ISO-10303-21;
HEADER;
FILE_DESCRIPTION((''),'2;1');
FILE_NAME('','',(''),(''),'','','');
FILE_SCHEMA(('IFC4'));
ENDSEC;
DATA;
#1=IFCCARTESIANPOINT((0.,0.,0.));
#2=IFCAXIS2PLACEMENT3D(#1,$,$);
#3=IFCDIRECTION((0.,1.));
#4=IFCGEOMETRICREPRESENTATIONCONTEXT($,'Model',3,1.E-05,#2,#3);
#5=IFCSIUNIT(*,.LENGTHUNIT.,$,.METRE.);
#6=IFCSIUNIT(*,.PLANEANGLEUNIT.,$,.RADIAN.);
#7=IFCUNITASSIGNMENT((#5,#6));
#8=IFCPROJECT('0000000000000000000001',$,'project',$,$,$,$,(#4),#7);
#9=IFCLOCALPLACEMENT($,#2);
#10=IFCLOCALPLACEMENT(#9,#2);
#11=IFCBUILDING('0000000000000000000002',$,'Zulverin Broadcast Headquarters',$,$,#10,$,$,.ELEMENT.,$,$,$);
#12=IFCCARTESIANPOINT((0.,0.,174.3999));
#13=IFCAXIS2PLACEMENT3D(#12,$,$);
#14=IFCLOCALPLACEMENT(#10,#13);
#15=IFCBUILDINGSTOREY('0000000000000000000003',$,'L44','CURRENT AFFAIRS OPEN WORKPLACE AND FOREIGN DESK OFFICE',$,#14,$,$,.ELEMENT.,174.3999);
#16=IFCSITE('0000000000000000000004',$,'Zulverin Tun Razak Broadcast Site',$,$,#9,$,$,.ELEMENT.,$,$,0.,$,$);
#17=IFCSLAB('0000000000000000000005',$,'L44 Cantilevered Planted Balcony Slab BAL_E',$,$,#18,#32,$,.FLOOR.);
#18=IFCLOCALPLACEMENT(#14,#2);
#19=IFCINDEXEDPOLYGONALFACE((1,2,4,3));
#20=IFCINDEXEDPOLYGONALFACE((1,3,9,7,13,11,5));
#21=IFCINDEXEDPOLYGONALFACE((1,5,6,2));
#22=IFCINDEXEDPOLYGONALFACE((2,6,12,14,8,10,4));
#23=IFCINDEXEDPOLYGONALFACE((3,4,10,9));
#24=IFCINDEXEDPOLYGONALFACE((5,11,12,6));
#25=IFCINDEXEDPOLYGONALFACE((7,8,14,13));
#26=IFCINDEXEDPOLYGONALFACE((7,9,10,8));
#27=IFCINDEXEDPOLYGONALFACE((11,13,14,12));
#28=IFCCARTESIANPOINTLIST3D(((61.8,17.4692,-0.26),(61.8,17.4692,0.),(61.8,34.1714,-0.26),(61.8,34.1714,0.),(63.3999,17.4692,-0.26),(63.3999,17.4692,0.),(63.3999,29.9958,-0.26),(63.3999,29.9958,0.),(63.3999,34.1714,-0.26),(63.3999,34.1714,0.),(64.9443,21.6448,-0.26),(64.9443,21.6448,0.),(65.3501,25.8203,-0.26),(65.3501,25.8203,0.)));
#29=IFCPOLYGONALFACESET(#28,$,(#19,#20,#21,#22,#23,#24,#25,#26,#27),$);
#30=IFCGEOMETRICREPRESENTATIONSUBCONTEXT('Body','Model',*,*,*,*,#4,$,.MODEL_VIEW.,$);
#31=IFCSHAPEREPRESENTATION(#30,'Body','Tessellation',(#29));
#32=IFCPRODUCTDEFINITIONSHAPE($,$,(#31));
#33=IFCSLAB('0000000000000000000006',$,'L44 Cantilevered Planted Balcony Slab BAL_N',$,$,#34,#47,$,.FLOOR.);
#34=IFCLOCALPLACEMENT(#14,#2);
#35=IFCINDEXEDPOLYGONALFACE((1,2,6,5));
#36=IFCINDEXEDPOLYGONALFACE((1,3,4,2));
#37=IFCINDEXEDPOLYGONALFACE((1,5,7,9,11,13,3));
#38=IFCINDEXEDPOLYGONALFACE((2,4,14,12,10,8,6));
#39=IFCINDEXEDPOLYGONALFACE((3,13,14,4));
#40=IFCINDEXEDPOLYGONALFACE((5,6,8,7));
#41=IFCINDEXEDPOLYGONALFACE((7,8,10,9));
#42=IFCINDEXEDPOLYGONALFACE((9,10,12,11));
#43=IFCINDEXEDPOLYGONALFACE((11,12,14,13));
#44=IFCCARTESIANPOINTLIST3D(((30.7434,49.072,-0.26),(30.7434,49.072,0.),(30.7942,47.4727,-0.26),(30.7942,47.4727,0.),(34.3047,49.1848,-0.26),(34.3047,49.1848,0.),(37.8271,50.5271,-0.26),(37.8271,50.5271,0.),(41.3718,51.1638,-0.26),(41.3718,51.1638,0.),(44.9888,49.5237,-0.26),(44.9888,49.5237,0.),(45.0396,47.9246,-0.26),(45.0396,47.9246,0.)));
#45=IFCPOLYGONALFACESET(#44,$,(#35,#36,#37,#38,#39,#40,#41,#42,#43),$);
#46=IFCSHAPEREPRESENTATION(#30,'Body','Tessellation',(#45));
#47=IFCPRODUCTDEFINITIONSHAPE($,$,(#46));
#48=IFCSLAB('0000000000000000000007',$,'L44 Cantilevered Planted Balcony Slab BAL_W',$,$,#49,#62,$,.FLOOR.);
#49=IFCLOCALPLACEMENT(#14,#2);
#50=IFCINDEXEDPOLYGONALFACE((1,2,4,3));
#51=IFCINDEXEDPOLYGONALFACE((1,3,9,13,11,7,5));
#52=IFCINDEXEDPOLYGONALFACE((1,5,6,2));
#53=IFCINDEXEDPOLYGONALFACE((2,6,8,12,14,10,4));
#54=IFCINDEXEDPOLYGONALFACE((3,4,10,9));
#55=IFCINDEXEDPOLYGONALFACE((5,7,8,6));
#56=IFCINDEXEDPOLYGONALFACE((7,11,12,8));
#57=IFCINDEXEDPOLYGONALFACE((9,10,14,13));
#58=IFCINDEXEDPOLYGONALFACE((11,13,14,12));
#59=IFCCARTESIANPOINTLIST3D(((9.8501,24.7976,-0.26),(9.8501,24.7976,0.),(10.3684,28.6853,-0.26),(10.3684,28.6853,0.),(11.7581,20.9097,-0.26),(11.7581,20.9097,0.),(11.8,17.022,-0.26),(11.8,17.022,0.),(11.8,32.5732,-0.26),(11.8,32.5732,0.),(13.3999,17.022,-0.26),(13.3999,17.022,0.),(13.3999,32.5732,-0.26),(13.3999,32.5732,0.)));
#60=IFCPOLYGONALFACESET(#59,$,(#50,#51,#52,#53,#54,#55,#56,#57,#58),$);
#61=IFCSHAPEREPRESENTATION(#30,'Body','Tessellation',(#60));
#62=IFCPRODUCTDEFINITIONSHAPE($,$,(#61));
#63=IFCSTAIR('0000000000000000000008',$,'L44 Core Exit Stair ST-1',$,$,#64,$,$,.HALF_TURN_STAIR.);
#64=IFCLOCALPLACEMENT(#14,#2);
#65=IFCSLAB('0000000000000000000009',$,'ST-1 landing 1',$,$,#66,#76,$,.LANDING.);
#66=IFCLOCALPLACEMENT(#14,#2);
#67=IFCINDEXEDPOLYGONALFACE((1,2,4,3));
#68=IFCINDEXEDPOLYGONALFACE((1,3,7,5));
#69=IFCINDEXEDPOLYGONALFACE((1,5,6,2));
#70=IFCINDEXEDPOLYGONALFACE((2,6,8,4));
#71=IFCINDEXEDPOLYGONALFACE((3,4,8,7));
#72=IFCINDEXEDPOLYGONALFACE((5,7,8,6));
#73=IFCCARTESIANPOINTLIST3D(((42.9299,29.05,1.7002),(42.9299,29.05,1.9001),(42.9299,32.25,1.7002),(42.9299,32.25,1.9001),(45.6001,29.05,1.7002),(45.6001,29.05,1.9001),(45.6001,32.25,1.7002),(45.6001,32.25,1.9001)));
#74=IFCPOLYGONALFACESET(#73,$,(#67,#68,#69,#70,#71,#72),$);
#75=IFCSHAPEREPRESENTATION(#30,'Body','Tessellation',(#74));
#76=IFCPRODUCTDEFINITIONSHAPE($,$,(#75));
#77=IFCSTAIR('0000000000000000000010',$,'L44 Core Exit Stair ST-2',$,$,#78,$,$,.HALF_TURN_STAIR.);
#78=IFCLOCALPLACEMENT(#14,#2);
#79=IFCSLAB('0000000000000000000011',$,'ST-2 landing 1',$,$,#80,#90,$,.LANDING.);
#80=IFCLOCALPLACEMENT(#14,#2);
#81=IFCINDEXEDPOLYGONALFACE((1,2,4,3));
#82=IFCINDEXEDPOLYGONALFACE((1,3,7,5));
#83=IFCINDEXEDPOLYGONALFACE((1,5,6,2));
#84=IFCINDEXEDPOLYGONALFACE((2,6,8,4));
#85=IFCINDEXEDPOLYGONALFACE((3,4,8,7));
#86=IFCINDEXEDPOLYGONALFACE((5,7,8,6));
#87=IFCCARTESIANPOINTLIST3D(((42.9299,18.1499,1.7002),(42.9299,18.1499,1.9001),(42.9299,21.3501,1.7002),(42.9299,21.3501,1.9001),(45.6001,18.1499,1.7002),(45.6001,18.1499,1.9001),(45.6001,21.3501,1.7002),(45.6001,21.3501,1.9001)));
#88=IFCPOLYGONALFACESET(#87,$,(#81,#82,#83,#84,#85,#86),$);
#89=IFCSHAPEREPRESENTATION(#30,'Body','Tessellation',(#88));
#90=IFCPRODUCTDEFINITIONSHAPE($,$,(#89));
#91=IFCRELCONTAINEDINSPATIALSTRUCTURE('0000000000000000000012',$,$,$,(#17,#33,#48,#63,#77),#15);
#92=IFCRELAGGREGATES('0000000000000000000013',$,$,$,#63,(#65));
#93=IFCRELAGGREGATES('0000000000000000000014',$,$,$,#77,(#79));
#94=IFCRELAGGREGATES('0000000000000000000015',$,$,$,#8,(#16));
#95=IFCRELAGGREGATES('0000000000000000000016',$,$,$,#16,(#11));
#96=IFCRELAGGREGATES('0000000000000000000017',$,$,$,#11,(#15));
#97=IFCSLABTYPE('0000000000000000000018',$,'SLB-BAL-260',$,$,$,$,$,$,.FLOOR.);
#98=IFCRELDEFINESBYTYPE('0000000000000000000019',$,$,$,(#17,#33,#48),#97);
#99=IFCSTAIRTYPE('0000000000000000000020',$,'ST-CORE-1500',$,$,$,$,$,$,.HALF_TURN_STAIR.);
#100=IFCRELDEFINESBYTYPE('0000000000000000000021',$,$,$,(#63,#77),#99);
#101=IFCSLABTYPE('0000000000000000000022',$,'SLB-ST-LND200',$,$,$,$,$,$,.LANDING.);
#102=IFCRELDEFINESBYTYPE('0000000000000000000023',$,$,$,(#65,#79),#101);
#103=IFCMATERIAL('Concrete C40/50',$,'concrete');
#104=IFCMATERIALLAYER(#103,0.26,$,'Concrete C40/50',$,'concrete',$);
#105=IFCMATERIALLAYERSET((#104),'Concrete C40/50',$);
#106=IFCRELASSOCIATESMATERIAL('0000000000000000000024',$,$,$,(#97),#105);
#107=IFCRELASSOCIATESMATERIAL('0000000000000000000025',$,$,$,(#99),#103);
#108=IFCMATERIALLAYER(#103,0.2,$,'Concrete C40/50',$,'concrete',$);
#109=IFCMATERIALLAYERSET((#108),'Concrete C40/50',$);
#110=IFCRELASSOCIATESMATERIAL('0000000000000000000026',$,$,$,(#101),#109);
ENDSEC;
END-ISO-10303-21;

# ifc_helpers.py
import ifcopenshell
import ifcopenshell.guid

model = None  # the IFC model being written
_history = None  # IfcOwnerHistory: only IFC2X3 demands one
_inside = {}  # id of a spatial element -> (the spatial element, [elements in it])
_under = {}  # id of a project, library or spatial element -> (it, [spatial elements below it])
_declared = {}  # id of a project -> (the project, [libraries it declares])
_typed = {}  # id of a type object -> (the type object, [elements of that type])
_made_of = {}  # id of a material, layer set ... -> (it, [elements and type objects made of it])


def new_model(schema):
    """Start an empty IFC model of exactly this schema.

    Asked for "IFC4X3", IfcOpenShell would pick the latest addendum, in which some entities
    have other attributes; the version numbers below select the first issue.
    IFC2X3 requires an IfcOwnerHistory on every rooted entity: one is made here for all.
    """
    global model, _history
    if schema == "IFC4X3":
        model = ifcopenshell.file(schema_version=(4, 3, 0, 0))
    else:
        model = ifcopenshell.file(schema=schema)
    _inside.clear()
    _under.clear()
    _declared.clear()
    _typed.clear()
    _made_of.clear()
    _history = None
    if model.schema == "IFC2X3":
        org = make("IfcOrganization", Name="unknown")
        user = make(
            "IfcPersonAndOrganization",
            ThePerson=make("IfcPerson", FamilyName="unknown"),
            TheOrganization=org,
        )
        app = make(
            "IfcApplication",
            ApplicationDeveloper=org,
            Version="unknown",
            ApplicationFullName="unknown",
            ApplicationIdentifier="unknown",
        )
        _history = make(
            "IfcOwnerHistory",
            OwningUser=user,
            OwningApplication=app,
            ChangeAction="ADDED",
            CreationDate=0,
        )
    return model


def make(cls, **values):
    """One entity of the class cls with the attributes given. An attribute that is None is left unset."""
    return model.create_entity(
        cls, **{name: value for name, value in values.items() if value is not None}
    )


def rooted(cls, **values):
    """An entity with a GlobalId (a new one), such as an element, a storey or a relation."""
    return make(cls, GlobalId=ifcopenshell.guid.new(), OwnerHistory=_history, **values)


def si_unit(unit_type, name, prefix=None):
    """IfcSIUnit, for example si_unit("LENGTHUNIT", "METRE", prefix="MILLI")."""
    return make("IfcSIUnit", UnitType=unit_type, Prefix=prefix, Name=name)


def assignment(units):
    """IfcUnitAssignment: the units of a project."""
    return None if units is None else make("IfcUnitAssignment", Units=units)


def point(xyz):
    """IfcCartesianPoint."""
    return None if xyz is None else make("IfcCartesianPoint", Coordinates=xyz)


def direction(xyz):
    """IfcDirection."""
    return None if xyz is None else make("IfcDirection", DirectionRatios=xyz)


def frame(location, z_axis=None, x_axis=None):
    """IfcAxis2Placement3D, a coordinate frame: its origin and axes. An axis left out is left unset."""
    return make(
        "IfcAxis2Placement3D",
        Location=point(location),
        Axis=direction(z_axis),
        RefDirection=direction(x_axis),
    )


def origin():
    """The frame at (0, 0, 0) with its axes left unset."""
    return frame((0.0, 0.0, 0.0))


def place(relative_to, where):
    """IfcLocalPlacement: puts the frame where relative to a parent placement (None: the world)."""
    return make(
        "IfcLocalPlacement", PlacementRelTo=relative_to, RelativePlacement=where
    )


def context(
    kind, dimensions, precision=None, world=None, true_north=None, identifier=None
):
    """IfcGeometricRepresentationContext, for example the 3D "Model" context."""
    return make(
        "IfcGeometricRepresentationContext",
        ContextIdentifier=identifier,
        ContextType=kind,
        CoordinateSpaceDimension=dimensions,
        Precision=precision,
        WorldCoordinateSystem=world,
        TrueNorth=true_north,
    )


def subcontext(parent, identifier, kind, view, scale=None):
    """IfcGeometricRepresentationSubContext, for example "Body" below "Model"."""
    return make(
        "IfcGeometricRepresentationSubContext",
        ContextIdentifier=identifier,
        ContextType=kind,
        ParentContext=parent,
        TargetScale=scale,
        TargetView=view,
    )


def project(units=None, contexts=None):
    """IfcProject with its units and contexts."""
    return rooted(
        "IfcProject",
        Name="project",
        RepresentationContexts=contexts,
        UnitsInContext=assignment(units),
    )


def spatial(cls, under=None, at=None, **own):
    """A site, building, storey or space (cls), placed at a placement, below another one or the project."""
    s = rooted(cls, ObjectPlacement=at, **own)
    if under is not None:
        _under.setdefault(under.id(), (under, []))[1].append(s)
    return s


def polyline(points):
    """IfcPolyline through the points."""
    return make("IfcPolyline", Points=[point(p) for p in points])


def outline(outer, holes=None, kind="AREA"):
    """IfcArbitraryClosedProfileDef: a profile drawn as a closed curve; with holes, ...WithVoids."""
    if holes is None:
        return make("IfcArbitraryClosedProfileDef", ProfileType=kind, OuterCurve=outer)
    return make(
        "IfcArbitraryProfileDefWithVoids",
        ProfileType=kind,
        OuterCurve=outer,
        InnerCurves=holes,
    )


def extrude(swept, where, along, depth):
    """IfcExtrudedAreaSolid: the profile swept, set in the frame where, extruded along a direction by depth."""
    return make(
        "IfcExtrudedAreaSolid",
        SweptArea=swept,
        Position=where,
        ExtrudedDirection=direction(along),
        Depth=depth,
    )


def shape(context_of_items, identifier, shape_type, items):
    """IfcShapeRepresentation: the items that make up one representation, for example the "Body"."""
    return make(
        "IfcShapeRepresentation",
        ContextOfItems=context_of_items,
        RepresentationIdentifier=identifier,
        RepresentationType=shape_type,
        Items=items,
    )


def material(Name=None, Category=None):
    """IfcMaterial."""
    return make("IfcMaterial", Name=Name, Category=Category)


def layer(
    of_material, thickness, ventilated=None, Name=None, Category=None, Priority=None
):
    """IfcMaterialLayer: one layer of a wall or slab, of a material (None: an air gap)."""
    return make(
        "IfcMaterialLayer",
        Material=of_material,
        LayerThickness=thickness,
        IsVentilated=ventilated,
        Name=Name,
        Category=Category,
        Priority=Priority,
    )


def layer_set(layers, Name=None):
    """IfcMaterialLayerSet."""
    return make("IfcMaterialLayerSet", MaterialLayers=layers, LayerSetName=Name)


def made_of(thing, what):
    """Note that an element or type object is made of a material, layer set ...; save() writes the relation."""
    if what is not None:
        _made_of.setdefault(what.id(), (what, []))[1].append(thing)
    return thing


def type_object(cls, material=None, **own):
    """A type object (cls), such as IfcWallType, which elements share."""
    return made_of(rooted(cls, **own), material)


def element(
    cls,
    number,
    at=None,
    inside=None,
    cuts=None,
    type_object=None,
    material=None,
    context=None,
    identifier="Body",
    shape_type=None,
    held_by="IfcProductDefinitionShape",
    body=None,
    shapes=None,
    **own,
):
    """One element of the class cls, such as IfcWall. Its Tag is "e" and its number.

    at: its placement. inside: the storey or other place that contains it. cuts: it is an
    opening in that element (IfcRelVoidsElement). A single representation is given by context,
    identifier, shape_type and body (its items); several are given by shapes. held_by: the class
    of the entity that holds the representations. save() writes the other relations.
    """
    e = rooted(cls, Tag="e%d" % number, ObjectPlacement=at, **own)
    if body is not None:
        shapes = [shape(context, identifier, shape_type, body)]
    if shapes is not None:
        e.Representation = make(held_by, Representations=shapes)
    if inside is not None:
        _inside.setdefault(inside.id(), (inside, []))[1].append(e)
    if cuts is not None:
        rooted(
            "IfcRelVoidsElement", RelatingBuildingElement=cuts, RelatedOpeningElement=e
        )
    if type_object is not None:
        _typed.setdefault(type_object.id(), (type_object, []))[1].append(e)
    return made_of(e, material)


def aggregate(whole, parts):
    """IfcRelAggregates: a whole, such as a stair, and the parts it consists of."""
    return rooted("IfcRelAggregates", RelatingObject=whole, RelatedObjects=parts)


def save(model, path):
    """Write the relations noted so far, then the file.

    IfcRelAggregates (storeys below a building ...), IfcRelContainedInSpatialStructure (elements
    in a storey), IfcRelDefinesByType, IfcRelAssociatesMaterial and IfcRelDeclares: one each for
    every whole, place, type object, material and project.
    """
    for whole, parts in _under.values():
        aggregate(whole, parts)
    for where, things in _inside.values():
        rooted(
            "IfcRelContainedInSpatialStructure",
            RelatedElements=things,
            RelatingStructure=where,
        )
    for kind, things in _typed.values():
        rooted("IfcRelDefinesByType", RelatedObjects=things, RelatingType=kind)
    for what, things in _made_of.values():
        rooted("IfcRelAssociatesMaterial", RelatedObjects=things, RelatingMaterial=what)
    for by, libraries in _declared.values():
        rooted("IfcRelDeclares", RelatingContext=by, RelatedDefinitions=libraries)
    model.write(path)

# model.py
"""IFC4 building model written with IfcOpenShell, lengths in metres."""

from ifc_helpers import new_model, si_unit, direction, frame, origin, place, context, subcontext, project, spatial, polyline, outline, extrude, material, layer, layer_set, type_object, element, aggregate, save


model = new_model("IFC4")

# Units and contexts
model_context = context("Model", 3, precision=1e-05, world=origin(), true_north=direction((0.0, 1.0)))
body_context = subcontext(model_context, "Body", "Model", "MODEL_VIEW")
ifc_project = project(units=[si_unit("LENGTHUNIT", "METRE"), si_unit("PLANEANGLEUNIT", "RADIAN")], contexts=[model_context])

# Site, building, storey
site_placement = place(None, origin())
site = spatial("IfcSite", under=ifc_project, at=site_placement, Name="Zulverin Tun Razak Broadcast Site", CompositionType="ELEMENT", RefElevation=0.0)
building_placement = place(site_placement, origin())
building = spatial("IfcBuilding", under=site, at=building_placement, Name="Zulverin Broadcast Headquarters", CompositionType="ELEMENT")
storey_placement = place(building_placement, frame((0.0, 0.0, 174.3999)))
storey = spatial("IfcBuildingStorey", under=building, at=storey_placement, Name="L44", Description="CURRENT AFFAIRS OPEN WORKPLACE AND FOREIGN DESK OFFICE", CompositionType="ELEMENT", Elevation=174.3999)

# Slabs
ifc_material_1 = material(Name="Concrete C40/50", Category="concrete")
ifc_layer_1 = layer(ifc_material_1, 0.26, Name="Concrete C40/50", Category="concrete")
ifc_layer_set_1 = layer_set([ifc_layer_1], Name="Concrete C40/50")
slab_type_1 = type_object("IfcSlabType", Name="SLB-BAL-260", PredefinedType="FLOOR", material=ifc_layer_set_1)
slab_1_placement = place(storey_placement, frame((0.0, 0.0, -0.26)))
element("IfcSlab", 1, at=slab_1_placement, inside=storey, type_object=slab_type_1, Name="L44 Cantilevered Planted Balcony Slab BAL_E", PredefinedType="FLOOR", context=body_context, shape_type="SweptSolid", body=[
    extrude(outline(polyline([(61.8, 34.1714), (61.8, 17.4692), (63.3999, 17.4692), (64.9443, 21.6448), (65.3501, 25.8203), (63.3999, 29.9958), (63.3999, 34.1714), (61.8, 34.1714)])), origin(), (0.0, 0.0, 1.0), 0.26),
])
slab_2_placement = place(storey_placement, frame((0.0, 0.0, -0.26)))
element("IfcSlab", 2, at=slab_2_placement, inside=storey, type_object=slab_type_1, Name="L44 Cantilevered Planted Balcony Slab BAL_N", PredefinedType="FLOOR", context=body_context, shape_type="SweptSolid", body=[
    extrude(outline(polyline([(30.7942, 47.4727), (45.0396, 47.9246), (44.9888, 49.5237), (41.3718, 51.1638), (37.8271, 50.5271), (34.3047, 49.1848), (30.7434, 49.072), (30.7942, 47.4727)])), origin(), (0.0, 0.0, 1.0), 0.26),
])
slab_3_placement = place(storey_placement, frame((0.0, 0.0, -0.26)))
element("IfcSlab", 3, at=slab_3_placement, inside=storey, type_object=slab_type_1, Name="L44 Cantilevered Planted Balcony Slab BAL_W", PredefinedType="FLOOR", context=body_context, shape_type="SweptSolid", body=[
    extrude(outline(polyline([(13.3999, 17.022), (13.3999, 32.5732), (11.8, 32.5732), (10.3684, 28.6853), (9.8501, 24.7976), (11.7581, 20.9097), (11.8, 17.022), (13.3999, 17.022)])), origin(), (0.0, 0.0, 1.0), 0.26),
])

# Stairs, slabs
stair_type = type_object("IfcStairType", Name="ST-CORE-1500", PredefinedType="HALF_TURN_STAIR", material=ifc_material_1)
stair_1_placement = place(storey_placement, origin())
stair_1 = element("IfcStair", 4, at=stair_1_placement, inside=storey, type_object=stair_type, Name="L44 Core Exit Stair ST-1", PredefinedType="HALF_TURN_STAIR")
ifc_layer_2 = layer(ifc_material_1, 0.2, Name="Concrete C40/50", Category="concrete")
ifc_layer_set_2 = layer_set([ifc_layer_2], Name="Concrete C40/50")
slab_type_2 = type_object("IfcSlabType", Name="SLB-ST-LND200", PredefinedType="LANDING", material=ifc_layer_set_2)
slab_4_placement = place(storey_placement, frame((0.0, 0.0, 1.7002)))
slab_4 = element("IfcSlab", 5, at=slab_4_placement, type_object=slab_type_2, Name="ST-1 landing 1", PredefinedType="LANDING", context=body_context, shape_type="SweptSolid", body=[
    extrude(outline(polyline([(42.9299, 29.05), (45.6001, 29.05), (45.6001, 32.25), (42.9299, 32.25), (42.9299, 29.05)])), origin(), (0.0, 0.0, 1.0), 0.2),
])
aggregate(stair_1, [slab_4])
stair_2_placement = place(storey_placement, origin())
stair_2 = element("IfcStair", 6, at=stair_2_placement, inside=storey, type_object=stair_type, Name="L44 Core Exit Stair ST-2", PredefinedType="HALF_TURN_STAIR")
slab_5_placement = place(storey_placement, frame((0.0, 0.0, 1.7002)))
slab_5 = element("IfcSlab", 7, at=slab_5_placement, type_object=slab_type_2, Name="ST-2 landing 1", PredefinedType="LANDING", context=body_context, shape_type="SweptSolid", body=[
    extrude(outline(polyline([(42.9299, 18.1499), (45.6001, 18.1499), (45.6001, 21.3501), (42.9299, 21.3501), (42.9299, 18.1499)])), origin(), (0.0, 0.0, 1.0), 0.2),
])
aggregate(stair_2, [slab_5])

save(model, "model.ifc")
